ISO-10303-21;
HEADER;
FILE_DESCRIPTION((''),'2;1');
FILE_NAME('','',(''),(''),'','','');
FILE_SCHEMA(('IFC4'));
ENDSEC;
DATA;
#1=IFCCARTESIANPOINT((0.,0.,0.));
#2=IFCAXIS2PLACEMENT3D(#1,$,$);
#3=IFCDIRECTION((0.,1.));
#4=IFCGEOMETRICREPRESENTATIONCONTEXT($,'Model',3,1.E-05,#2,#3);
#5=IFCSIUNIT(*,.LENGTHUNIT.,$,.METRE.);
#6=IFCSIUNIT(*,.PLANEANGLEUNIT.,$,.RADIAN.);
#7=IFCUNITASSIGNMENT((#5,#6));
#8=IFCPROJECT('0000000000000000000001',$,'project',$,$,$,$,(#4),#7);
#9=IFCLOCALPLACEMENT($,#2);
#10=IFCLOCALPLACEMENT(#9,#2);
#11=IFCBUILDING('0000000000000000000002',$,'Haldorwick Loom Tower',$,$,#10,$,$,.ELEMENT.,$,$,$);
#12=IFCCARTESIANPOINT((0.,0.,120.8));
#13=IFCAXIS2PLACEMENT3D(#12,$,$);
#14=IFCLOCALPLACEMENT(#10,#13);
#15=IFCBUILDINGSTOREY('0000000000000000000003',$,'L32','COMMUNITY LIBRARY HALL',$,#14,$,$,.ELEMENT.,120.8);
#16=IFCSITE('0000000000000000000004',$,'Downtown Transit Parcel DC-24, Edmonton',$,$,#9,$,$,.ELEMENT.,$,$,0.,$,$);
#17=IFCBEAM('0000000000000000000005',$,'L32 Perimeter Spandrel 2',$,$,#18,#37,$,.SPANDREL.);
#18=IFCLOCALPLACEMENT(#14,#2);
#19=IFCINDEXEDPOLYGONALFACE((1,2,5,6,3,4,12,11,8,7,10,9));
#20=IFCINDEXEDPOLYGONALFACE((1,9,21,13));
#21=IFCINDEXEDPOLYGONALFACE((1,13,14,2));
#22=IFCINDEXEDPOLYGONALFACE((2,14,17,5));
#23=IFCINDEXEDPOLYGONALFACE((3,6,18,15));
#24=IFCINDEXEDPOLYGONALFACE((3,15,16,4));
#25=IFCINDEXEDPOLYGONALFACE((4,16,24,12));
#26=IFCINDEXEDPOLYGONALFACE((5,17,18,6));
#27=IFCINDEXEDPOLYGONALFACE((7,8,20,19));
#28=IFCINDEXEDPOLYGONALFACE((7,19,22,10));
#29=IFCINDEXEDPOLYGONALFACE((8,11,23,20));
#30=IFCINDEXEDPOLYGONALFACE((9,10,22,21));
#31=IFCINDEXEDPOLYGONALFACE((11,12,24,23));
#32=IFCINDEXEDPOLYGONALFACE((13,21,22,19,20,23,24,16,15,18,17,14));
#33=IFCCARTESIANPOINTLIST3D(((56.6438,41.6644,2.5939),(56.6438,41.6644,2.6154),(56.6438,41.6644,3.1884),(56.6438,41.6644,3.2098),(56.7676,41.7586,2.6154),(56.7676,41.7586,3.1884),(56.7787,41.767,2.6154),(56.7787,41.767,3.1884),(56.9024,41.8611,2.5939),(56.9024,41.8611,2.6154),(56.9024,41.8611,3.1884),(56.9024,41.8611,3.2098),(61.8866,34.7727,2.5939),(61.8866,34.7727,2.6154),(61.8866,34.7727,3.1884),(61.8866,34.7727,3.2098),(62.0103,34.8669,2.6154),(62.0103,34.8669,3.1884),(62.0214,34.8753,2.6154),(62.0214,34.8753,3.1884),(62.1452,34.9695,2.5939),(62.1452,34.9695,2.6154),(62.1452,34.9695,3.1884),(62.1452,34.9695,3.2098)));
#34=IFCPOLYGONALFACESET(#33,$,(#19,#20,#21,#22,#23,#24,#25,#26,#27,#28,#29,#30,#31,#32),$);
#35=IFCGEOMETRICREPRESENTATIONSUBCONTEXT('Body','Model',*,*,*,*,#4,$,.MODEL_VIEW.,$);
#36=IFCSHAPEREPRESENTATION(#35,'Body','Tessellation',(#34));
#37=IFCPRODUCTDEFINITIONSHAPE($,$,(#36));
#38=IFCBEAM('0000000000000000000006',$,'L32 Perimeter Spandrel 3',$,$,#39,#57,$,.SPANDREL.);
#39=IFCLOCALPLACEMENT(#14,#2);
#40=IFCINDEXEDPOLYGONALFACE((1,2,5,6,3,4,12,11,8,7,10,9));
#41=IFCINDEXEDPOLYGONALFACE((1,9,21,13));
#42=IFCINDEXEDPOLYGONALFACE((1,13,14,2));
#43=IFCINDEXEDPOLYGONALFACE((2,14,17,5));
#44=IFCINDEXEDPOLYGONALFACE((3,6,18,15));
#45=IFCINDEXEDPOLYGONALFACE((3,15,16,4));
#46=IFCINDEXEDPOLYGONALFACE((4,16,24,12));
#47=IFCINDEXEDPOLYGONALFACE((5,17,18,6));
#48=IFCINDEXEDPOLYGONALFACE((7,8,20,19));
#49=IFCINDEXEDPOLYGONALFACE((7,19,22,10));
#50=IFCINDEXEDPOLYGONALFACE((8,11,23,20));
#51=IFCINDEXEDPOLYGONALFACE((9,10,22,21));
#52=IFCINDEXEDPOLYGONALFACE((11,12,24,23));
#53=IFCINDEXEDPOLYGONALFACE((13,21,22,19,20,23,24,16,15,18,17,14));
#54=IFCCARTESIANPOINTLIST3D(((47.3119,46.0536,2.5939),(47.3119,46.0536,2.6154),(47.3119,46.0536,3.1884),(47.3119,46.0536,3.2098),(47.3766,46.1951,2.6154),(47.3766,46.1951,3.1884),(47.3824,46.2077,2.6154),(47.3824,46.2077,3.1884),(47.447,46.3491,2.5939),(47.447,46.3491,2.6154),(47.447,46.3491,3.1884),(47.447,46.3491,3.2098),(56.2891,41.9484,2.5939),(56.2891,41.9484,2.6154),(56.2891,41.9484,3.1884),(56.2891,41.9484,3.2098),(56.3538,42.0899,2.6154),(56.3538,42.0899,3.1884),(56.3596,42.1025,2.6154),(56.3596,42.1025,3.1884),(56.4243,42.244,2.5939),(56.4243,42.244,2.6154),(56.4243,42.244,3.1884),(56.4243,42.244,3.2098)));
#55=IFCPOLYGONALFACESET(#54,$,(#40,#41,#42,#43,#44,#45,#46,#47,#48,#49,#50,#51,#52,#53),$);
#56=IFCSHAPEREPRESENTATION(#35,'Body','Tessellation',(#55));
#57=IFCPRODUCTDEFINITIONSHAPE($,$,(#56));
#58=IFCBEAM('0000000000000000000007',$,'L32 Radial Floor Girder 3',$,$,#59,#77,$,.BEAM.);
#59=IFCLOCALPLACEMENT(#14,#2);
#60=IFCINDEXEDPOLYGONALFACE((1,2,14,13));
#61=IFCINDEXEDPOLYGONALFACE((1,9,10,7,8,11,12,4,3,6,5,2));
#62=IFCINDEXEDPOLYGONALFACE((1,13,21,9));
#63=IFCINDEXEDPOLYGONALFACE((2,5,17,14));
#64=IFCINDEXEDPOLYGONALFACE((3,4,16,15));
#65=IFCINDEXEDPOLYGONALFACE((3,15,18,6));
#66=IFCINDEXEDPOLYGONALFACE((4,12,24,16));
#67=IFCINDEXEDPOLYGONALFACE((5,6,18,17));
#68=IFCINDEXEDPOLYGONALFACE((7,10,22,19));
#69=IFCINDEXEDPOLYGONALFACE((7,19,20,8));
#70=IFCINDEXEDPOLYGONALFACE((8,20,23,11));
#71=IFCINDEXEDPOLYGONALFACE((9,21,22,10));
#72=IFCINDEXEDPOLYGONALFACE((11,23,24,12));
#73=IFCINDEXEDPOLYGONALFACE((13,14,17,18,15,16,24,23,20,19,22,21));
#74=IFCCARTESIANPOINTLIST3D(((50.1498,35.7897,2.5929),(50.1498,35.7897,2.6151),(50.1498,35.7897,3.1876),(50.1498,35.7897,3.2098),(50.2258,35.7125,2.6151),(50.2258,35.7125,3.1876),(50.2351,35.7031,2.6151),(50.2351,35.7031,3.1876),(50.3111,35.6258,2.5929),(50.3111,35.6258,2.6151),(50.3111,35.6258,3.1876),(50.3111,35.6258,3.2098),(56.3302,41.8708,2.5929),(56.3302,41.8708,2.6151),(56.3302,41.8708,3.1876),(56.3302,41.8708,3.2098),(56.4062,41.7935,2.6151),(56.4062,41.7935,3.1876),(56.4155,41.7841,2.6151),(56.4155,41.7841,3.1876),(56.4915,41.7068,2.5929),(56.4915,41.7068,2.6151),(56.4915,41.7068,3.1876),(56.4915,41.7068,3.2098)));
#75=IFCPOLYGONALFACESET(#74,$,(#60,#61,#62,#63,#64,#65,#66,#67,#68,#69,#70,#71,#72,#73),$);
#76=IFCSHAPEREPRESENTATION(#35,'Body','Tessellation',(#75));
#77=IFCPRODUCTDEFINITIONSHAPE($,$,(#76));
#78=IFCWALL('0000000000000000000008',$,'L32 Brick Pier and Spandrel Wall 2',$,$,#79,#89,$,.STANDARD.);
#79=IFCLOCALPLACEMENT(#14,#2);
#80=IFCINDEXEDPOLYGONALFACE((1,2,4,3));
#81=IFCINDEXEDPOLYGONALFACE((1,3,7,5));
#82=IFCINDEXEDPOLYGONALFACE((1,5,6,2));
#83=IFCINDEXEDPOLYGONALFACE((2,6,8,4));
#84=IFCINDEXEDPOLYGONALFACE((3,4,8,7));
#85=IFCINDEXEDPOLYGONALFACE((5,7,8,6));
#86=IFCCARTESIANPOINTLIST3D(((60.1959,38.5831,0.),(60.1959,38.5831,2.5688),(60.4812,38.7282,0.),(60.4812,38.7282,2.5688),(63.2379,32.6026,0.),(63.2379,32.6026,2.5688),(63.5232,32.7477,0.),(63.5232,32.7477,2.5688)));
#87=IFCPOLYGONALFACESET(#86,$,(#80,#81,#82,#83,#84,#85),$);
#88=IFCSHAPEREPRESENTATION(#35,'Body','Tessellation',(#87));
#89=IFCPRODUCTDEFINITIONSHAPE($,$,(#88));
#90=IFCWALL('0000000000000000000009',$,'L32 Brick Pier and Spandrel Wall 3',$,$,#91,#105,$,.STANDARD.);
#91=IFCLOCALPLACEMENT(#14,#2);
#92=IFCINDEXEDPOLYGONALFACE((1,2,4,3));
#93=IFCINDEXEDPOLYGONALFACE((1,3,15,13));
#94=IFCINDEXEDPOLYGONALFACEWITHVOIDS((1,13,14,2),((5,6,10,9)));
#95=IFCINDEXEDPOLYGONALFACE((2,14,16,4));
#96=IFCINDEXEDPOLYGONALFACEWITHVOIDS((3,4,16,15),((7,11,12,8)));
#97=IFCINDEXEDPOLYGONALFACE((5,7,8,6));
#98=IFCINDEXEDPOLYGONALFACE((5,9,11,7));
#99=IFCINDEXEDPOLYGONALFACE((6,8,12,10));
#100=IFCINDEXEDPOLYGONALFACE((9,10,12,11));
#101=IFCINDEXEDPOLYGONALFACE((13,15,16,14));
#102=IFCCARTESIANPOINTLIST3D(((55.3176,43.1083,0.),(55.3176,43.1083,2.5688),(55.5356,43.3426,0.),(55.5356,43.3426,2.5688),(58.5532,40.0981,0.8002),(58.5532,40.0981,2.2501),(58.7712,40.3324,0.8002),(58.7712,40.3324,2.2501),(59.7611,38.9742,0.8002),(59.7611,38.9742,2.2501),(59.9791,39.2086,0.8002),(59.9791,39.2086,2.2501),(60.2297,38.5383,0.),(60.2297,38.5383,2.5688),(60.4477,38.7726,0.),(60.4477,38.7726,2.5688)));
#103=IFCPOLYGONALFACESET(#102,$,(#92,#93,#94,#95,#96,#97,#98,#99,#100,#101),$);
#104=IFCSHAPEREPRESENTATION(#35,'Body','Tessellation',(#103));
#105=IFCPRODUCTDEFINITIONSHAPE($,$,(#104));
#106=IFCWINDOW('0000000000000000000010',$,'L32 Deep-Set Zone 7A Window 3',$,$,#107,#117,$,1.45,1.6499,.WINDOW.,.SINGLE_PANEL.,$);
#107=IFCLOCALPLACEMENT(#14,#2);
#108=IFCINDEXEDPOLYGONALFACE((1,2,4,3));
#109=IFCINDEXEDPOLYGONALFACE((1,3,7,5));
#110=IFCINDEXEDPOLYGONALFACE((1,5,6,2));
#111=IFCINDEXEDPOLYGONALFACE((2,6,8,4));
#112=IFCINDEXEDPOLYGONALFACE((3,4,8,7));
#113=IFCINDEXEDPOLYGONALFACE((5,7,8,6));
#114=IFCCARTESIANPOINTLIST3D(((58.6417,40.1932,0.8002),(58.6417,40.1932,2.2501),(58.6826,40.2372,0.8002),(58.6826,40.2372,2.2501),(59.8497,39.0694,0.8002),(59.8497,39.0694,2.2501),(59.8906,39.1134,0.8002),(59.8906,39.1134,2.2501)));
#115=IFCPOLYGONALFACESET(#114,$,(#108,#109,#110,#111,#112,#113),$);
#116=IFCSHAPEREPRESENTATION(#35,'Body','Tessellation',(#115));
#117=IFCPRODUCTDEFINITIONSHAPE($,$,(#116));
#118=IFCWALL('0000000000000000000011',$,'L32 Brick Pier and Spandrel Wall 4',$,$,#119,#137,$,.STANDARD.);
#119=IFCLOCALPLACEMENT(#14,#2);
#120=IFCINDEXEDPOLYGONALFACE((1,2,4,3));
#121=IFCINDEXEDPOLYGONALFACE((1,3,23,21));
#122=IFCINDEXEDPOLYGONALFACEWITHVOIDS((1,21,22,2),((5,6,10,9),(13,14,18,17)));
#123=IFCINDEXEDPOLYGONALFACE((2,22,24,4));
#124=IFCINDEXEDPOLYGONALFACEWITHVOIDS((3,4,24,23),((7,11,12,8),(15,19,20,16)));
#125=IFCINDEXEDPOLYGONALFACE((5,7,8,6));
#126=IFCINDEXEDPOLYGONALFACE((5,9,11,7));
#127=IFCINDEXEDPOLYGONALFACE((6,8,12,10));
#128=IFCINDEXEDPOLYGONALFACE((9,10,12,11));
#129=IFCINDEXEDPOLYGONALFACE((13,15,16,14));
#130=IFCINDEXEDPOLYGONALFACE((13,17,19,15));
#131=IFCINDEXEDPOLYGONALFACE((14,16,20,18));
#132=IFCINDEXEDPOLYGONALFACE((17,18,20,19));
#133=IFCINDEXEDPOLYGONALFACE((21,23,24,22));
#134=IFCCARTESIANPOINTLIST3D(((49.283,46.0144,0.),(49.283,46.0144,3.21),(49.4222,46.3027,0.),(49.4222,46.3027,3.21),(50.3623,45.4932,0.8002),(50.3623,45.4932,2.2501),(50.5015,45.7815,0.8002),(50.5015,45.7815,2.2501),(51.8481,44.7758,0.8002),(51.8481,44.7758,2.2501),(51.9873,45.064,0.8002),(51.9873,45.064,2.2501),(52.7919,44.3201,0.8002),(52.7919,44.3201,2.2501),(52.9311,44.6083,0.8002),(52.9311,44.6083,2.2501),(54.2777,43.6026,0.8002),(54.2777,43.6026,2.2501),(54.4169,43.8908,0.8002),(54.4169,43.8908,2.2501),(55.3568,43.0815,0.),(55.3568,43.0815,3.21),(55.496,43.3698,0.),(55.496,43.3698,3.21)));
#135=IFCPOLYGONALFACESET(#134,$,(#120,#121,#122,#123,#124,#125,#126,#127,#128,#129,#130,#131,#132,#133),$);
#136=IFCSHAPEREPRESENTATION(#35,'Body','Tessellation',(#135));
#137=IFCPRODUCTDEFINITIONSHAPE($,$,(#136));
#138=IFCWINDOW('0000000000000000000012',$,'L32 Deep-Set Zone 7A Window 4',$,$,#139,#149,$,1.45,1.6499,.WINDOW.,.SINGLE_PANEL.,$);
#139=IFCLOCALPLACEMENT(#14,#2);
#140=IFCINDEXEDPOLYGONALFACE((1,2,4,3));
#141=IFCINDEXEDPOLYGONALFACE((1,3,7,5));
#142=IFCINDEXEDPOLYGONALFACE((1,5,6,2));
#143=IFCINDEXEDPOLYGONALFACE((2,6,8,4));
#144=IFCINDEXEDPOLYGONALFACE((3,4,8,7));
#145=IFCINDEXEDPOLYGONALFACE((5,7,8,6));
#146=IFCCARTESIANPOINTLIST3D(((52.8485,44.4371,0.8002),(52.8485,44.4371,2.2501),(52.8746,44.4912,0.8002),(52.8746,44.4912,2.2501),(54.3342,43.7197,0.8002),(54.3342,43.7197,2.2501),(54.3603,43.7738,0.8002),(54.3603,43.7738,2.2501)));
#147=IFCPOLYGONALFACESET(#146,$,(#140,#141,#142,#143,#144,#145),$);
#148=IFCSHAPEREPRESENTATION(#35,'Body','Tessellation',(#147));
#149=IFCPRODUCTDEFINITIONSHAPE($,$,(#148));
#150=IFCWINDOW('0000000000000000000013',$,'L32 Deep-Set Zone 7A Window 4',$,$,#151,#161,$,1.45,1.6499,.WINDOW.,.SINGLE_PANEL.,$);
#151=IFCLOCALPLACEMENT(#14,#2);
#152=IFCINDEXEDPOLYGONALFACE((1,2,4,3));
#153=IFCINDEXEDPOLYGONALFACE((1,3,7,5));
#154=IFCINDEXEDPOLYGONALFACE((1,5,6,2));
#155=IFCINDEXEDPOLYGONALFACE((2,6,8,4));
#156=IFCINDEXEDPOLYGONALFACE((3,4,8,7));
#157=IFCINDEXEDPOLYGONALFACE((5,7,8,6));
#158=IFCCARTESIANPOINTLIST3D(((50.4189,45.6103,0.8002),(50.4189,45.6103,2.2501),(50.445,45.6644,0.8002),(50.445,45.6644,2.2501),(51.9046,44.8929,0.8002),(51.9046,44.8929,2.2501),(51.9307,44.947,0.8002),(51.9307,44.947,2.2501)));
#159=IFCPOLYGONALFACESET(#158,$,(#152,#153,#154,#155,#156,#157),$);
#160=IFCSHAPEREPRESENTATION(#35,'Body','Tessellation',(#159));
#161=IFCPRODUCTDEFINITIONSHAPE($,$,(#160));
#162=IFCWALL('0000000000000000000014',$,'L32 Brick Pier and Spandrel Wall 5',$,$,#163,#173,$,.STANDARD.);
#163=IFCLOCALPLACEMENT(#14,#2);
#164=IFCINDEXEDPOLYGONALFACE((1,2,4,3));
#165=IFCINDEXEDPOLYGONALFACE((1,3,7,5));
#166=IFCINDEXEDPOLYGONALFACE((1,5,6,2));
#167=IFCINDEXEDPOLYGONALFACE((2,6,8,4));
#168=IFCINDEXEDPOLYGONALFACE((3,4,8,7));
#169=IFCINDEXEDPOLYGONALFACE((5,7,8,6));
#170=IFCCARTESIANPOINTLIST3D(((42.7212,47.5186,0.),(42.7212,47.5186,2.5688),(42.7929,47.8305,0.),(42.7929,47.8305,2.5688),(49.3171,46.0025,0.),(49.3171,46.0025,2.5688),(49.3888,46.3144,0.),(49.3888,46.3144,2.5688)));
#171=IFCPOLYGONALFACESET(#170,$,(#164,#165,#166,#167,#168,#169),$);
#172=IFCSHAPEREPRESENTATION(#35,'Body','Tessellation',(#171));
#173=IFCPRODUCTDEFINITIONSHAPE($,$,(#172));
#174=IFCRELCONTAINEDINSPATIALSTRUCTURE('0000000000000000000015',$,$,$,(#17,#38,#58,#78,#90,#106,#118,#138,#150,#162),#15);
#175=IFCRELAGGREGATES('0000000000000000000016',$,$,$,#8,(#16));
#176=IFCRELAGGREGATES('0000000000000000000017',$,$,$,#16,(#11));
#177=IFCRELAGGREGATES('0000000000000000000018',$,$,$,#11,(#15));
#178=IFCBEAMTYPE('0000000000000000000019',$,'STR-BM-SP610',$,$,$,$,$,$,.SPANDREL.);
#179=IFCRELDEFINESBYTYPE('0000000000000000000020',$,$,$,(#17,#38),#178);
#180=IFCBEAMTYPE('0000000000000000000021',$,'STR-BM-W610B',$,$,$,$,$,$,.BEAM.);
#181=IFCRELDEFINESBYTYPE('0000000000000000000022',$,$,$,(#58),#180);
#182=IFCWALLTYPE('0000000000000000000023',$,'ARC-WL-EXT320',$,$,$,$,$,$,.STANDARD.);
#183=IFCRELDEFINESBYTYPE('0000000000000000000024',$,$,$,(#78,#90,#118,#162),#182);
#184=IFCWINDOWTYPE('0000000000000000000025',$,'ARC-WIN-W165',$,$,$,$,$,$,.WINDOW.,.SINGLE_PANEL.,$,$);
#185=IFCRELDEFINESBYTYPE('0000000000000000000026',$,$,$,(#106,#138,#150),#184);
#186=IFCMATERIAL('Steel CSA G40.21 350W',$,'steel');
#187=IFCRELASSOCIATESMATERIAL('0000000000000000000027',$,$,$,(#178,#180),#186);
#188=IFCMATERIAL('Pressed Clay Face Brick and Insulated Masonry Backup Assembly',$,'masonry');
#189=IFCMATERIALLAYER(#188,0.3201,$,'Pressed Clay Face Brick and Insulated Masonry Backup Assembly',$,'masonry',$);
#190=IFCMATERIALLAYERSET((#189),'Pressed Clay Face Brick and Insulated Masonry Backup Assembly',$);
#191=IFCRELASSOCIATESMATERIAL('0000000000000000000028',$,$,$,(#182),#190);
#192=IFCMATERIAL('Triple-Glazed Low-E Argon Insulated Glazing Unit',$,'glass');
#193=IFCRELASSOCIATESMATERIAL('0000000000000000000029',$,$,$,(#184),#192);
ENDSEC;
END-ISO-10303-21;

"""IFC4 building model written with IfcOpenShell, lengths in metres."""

from ifc_helpers import new_model, si_unit, direction, frame, frame_2d, origin, origin_2d, place, context, subcontext, project, spatial, rectangle, i_section, extrude, material, layer, layer_set, material_profile, profile_set, type_object, element, fill, save


model = new_model("IFC4")

# Units and contexts
model_context = context("Model", 3, precision=1e-05, world=origin(), true_north=direction((0.0, 1.0)))
body_context = subcontext(model_context, "Body", "Model", "MODEL_VIEW")
ifc_project = project(units=[si_unit("LENGTHUNIT", "METRE"), si_unit("PLANEANGLEUNIT", "RADIAN")], contexts=[model_context])

# Site, building, storey
site_placement = place(None, origin())
site = spatial("IfcSite", under=ifc_project, at=site_placement, Name="Downtown Transit Parcel DC-24, Edmonton", CompositionType="ELEMENT", RefElevation=0.0)
building_placement = place(site_placement, origin())
building = spatial("IfcBuilding", under=site, at=building_placement, Name="Haldorwick Loom Tower", CompositionType="ELEMENT")
storey_placement = place(building_placement, frame((0.0, 0.0, 120.8)))
storey = spatial("IfcBuildingStorey", under=building, at=storey_placement, Name="L32", Description="COMMUNITY LIBRARY HALL", CompositionType="ELEMENT", Elevation=120.8)

# Beams
ifc_material_1 = material(Name="Steel CSA G40.21 350W", Category="steel")
ifc_material_profile_1 = material_profile(ifc_material_1, i_section(OverallWidth=0.325, OverallDepth=0.616, WebThickness=0.0139, FlangeThickness=0.0215, at=origin_2d()), Name="W610X174", Category="steel")
ifc_profile_set_1 = profile_set([ifc_material_profile_1], Name="Steel CSA G40.21 350W")
beam_type_1 = type_object("IfcBeamType", Name="STR-BM-SP610", PredefinedType="SPANDREL", material=ifc_profile_set_1)
beam_1_placement = place(storey_placement, frame((62.0159, 34.8711, 2.9019), z_axis=(-0.605454, 0.795881, 0.0), x_axis=(-0.795881, -0.605454, 0.0)))
element("IfcBeam", 1, at=beam_1_placement, inside=storey, type_object=beam_type_1, Name="L32 Perimeter Spandrel 2", PredefinedType="SPANDREL", context=body_context, shape_type="SweptSolid", body=[
    extrude(i_section(OverallWidth=0.325, OverallDepth=0.616, WebThickness=0.0139, FlangeThickness=0.0215, at=origin_2d()), origin(), (0.0, 0.0, 1.0), 8.6592),
])
beam_2_placement = place(storey_placement, frame((56.3567, 42.0962, 2.9019), z_axis=(-0.909424, 0.41587, 0.0), x_axis=(-0.41587, -0.909424, 0.0)))
element("IfcBeam", 2, at=beam_2_placement, inside=storey, type_object=beam_type_1, Name="L32 Perimeter Spandrel 3", PredefinedType="SPANDREL", context=body_context, shape_type="SweptSolid", body=[
    extrude(i_section(OverallWidth=0.325, OverallDepth=0.616, WebThickness=0.0139, FlangeThickness=0.0215, at=origin_2d()), origin(), (0.0, 0.0, 1.0), 9.8713),
])
ifc_material_profile_2 = material_profile(ifc_material_1, i_section(OverallWidth=0.23, OverallDepth=0.6169, WebThickness=0.0132, FlangeThickness=0.0222, at=origin_2d()), Name="W610X140", Category="steel")
ifc_profile_set_2 = profile_set([ifc_material_profile_2], Name="Steel CSA G40.21 350W")
beam_type_2 = type_object("IfcBeamType", Name="STR-BM-W610B", PredefinedType="BEAM", material=ifc_profile_set_2)
beam_3_placement = place(storey_placement, frame((50.2305, 35.7078, 2.9014), z_axis=(0.712814, 0.701353, 0.0), x_axis=(-0.701353, 0.712814, 0.0)))
element("IfcBeam", 3, at=beam_3_placement, inside=storey, type_object=beam_type_2, Name="L32 Radial Floor Girder 3", PredefinedType="BEAM", context=body_context, shape_type="SweptSolid", body=[
    extrude(i_section(OverallWidth=0.23, OverallDepth=0.6169, WebThickness=0.0132, FlangeThickness=0.0222, at=origin_2d()), origin(), (0.0, 0.0, 1.0), 8.6704),
])

# Wall
ifc_material_2 = material(Name="Pressed Clay Face Brick and Insulated Masonry Backup Assembly", Category="masonry")
ifc_layer_1 = layer(ifc_material_2, 0.3201, Name="Pressed Clay Face Brick and Insulated Masonry Backup Assembly", Category="masonry")
ifc_layer_set_1 = layer_set([ifc_layer_1], Name="Pressed Clay Face Brick and Insulated Masonry Backup Assembly")
wall_type_1 = type_object("IfcWallType", Name="ARC-WL-EXT320", PredefinedType="STANDARD", material=ifc_layer_set_1)
wall_1_placement = place(storey_placement, frame((63.3806, 32.675, 0.0), z_axis=(0.0, 0.0, 1.0), x_axis=(-0.453374, 0.89132, 0.0)))
element("IfcWall", 4, at=wall_1_placement, inside=storey, type_object=wall_type_1, Name="L32 Brick Pier and Spandrel Wall 2", PredefinedType="STANDARD", context=body_context, shape_type="SweptSolid", body=[
    extrude(rectangle(XDim=6.7097, YDim=0.3201, at=frame_2d((3.355, 0.0))), origin(), (0.0, 0.0, 1.0), 2.5688),
])

# Wall, opening, window
wall_2_placement = place(storey_placement, frame((60.3386, 38.6555, 0.0), z_axis=(0.0, 0.0, 1.0), x_axis=(-0.732137, 0.681157, 0.0)))
wall_2 = element("IfcWall", 5, at=wall_2_placement, inside=storey, type_object=wall_type_1, Name="L32 Brick Pier and Spandrel Wall 3", PredefinedType="STANDARD", context=body_context, shape_type="SweptSolid", body=[
    extrude(rectangle(XDim=6.7092, YDim=0.3201, at=frame_2d((3.3545, 0.0))), origin(), (0.0, 0.0, 1.0), 2.5688),
])
opening_1_placement = place(wall_2_placement, frame((0.6399, 0.0, 0.8)))
opening_1 = element("IfcOpeningElement", 6, at=opening_1_placement, cuts=wall_2, PredefinedType="OPENING", context=body_context, shape_type="SweptSolid", body=[
    extrude(rectangle(XDim=1.6499, YDim=1.45, at=frame_2d((0.825, 0.7251))), frame((0.0, 0.1699, 0.0), z_axis=(0.0, -1.0, 0.0), x_axis=(1.0, 0.0, 0.0)), (0.0, 0.0, 1.0), 0.3401),
])
ifc_material_3 = material(Name="Triple-Glazed Low-E Argon Insulated Glazing Unit", Category="glass")
window_type = type_object("IfcWindowType", Name="ARC-WIN-W165", PartitioningType="SINGLE_PANEL", PredefinedType="WINDOW", material=ifc_material_3)
window_1_placement = place(opening_1_placement, origin())
window_1 = element("IfcWindow", 7, at=window_1_placement, inside=storey, type_object=window_type, Name="L32 Deep-Set Zone 7A Window 3", OverallHeight=1.45, OverallWidth=1.6499, PartitioningType="SINGLE_PANEL", PredefinedType="WINDOW", context=body_context, shape_type="SweptSolid", body=[
    extrude(rectangle(XDim=1.6499, YDim=1.45, at=frame_2d((0.825, 0.7251))), frame((0.0, 0.03, 0.0), z_axis=(0.0, -1.0, 0.0), x_axis=(1.0, 0.0, 0.0)), (0.0, 0.0, 1.0), 0.0601),
])
fill(opening_1, window_1)

# Wall, openings, windows
wall_3_placement = place(storey_placement, frame((55.4265, 43.2256, 0.0), z_axis=(0.0, 0.0, 1.0), x_axis=(-0.90051, 0.434835, 0.0)))
wall_3 = element("IfcWall", 8, at=wall_3_placement, inside=storey, type_object=wall_type_1, Name="L32 Brick Pier and Spandrel Wall 4", PredefinedType="STANDARD", context=body_context, shape_type="SweptSolid", body=[
    extrude(rectangle(XDim=6.7449, YDim=0.3201, at=frame_2d((3.3726, 0.0))), origin(), (0.0, 0.0, 1.0), 3.21),
])
opening_2_placement = place(wall_3_placement, frame((1.1985, 0.0, 0.8)))
opening_2 = element("IfcOpeningElement", 9, at=opening_2_placement, cuts=wall_3, PredefinedType="OPENING", context=body_context, shape_type="SweptSolid", body=[
    extrude(rectangle(XDim=1.6499, YDim=1.45, at=frame_2d((0.825, 0.7251))), frame((0.0, 0.1699, 0.0), z_axis=(0.0, -1.0, 0.0), x_axis=(1.0, 0.0, 0.0)), (0.0, 0.0, 1.0), 0.3401),
])
opening_3_placement = place(wall_3_placement, frame((3.8965, 0.0, 0.8)))
opening_3 = element("IfcOpeningElement", 10, at=opening_3_placement, cuts=wall_3, PredefinedType="OPENING", context=body_context, shape_type="SweptSolid", body=[
    extrude(rectangle(XDim=1.6499, YDim=1.45, at=frame_2d((0.825, 0.7251))), frame((0.0, 0.1699, 0.0), z_axis=(0.0, -1.0, 0.0), x_axis=(1.0, 0.0, 0.0)), (0.0, 0.0, 1.0), 0.3401),
])
window_2_placement = place(opening_2_placement, origin())
window_2 = element("IfcWindow", 11, at=window_2_placement, inside=storey, type_object=window_type, Name="L32 Deep-Set Zone 7A Window 4", OverallHeight=1.45, OverallWidth=1.6499, PartitioningType="SINGLE_PANEL", PredefinedType="WINDOW", context=body_context, shape_type="SweptSolid", body=[
    extrude(rectangle(XDim=1.6499, YDim=1.45, at=frame_2d((0.825, 0.7251))), frame((0.0, 0.03, 0.0), z_axis=(0.0, -1.0, 0.0), x_axis=(1.0, 0.0, 0.0)), (0.0, 0.0, 1.0), 0.0601),
])
fill(opening_2, window_2)
window_3_placement = place(opening_3_placement, origin())
window_3 = element("IfcWindow", 12, at=window_3_placement, inside=storey, type_object=window_type, Name="L32 Deep-Set Zone 7A Window 4", OverallHeight=1.45, OverallWidth=1.6499, PartitioningType="SINGLE_PANEL", PredefinedType="WINDOW", context=body_context, shape_type="SweptSolid", body=[
    extrude(rectangle(XDim=1.6499, YDim=1.45, at=frame_2d((0.825, 0.7251))), frame((0.0, 0.03, 0.0), z_axis=(0.0, -1.0, 0.0), x_axis=(1.0, 0.0, 0.0)), (0.0, 0.0, 1.0), 0.0601),
])
fill(opening_3, window_3)

# Wall
wall_4_placement = place(storey_placement, frame((49.3528, 46.1584, 0.0), z_axis=(0.0, 0.0, 1.0), x_axis=(-0.974584, 0.224022, 0.0)))
element("IfcWall", 13, at=wall_4_placement, inside=storey, type_object=wall_type_1, Name="L32 Brick Pier and Spandrel Wall 5", PredefinedType="STANDARD", context=body_context, shape_type="SweptSolid", body=[
    extrude(rectangle(XDim=6.7678, YDim=0.3201, at=frame_2d((3.3838, 0.0))), origin(), (0.0, 0.0, 1.0), 2.5688),
])

save(model, "model.ifc")
